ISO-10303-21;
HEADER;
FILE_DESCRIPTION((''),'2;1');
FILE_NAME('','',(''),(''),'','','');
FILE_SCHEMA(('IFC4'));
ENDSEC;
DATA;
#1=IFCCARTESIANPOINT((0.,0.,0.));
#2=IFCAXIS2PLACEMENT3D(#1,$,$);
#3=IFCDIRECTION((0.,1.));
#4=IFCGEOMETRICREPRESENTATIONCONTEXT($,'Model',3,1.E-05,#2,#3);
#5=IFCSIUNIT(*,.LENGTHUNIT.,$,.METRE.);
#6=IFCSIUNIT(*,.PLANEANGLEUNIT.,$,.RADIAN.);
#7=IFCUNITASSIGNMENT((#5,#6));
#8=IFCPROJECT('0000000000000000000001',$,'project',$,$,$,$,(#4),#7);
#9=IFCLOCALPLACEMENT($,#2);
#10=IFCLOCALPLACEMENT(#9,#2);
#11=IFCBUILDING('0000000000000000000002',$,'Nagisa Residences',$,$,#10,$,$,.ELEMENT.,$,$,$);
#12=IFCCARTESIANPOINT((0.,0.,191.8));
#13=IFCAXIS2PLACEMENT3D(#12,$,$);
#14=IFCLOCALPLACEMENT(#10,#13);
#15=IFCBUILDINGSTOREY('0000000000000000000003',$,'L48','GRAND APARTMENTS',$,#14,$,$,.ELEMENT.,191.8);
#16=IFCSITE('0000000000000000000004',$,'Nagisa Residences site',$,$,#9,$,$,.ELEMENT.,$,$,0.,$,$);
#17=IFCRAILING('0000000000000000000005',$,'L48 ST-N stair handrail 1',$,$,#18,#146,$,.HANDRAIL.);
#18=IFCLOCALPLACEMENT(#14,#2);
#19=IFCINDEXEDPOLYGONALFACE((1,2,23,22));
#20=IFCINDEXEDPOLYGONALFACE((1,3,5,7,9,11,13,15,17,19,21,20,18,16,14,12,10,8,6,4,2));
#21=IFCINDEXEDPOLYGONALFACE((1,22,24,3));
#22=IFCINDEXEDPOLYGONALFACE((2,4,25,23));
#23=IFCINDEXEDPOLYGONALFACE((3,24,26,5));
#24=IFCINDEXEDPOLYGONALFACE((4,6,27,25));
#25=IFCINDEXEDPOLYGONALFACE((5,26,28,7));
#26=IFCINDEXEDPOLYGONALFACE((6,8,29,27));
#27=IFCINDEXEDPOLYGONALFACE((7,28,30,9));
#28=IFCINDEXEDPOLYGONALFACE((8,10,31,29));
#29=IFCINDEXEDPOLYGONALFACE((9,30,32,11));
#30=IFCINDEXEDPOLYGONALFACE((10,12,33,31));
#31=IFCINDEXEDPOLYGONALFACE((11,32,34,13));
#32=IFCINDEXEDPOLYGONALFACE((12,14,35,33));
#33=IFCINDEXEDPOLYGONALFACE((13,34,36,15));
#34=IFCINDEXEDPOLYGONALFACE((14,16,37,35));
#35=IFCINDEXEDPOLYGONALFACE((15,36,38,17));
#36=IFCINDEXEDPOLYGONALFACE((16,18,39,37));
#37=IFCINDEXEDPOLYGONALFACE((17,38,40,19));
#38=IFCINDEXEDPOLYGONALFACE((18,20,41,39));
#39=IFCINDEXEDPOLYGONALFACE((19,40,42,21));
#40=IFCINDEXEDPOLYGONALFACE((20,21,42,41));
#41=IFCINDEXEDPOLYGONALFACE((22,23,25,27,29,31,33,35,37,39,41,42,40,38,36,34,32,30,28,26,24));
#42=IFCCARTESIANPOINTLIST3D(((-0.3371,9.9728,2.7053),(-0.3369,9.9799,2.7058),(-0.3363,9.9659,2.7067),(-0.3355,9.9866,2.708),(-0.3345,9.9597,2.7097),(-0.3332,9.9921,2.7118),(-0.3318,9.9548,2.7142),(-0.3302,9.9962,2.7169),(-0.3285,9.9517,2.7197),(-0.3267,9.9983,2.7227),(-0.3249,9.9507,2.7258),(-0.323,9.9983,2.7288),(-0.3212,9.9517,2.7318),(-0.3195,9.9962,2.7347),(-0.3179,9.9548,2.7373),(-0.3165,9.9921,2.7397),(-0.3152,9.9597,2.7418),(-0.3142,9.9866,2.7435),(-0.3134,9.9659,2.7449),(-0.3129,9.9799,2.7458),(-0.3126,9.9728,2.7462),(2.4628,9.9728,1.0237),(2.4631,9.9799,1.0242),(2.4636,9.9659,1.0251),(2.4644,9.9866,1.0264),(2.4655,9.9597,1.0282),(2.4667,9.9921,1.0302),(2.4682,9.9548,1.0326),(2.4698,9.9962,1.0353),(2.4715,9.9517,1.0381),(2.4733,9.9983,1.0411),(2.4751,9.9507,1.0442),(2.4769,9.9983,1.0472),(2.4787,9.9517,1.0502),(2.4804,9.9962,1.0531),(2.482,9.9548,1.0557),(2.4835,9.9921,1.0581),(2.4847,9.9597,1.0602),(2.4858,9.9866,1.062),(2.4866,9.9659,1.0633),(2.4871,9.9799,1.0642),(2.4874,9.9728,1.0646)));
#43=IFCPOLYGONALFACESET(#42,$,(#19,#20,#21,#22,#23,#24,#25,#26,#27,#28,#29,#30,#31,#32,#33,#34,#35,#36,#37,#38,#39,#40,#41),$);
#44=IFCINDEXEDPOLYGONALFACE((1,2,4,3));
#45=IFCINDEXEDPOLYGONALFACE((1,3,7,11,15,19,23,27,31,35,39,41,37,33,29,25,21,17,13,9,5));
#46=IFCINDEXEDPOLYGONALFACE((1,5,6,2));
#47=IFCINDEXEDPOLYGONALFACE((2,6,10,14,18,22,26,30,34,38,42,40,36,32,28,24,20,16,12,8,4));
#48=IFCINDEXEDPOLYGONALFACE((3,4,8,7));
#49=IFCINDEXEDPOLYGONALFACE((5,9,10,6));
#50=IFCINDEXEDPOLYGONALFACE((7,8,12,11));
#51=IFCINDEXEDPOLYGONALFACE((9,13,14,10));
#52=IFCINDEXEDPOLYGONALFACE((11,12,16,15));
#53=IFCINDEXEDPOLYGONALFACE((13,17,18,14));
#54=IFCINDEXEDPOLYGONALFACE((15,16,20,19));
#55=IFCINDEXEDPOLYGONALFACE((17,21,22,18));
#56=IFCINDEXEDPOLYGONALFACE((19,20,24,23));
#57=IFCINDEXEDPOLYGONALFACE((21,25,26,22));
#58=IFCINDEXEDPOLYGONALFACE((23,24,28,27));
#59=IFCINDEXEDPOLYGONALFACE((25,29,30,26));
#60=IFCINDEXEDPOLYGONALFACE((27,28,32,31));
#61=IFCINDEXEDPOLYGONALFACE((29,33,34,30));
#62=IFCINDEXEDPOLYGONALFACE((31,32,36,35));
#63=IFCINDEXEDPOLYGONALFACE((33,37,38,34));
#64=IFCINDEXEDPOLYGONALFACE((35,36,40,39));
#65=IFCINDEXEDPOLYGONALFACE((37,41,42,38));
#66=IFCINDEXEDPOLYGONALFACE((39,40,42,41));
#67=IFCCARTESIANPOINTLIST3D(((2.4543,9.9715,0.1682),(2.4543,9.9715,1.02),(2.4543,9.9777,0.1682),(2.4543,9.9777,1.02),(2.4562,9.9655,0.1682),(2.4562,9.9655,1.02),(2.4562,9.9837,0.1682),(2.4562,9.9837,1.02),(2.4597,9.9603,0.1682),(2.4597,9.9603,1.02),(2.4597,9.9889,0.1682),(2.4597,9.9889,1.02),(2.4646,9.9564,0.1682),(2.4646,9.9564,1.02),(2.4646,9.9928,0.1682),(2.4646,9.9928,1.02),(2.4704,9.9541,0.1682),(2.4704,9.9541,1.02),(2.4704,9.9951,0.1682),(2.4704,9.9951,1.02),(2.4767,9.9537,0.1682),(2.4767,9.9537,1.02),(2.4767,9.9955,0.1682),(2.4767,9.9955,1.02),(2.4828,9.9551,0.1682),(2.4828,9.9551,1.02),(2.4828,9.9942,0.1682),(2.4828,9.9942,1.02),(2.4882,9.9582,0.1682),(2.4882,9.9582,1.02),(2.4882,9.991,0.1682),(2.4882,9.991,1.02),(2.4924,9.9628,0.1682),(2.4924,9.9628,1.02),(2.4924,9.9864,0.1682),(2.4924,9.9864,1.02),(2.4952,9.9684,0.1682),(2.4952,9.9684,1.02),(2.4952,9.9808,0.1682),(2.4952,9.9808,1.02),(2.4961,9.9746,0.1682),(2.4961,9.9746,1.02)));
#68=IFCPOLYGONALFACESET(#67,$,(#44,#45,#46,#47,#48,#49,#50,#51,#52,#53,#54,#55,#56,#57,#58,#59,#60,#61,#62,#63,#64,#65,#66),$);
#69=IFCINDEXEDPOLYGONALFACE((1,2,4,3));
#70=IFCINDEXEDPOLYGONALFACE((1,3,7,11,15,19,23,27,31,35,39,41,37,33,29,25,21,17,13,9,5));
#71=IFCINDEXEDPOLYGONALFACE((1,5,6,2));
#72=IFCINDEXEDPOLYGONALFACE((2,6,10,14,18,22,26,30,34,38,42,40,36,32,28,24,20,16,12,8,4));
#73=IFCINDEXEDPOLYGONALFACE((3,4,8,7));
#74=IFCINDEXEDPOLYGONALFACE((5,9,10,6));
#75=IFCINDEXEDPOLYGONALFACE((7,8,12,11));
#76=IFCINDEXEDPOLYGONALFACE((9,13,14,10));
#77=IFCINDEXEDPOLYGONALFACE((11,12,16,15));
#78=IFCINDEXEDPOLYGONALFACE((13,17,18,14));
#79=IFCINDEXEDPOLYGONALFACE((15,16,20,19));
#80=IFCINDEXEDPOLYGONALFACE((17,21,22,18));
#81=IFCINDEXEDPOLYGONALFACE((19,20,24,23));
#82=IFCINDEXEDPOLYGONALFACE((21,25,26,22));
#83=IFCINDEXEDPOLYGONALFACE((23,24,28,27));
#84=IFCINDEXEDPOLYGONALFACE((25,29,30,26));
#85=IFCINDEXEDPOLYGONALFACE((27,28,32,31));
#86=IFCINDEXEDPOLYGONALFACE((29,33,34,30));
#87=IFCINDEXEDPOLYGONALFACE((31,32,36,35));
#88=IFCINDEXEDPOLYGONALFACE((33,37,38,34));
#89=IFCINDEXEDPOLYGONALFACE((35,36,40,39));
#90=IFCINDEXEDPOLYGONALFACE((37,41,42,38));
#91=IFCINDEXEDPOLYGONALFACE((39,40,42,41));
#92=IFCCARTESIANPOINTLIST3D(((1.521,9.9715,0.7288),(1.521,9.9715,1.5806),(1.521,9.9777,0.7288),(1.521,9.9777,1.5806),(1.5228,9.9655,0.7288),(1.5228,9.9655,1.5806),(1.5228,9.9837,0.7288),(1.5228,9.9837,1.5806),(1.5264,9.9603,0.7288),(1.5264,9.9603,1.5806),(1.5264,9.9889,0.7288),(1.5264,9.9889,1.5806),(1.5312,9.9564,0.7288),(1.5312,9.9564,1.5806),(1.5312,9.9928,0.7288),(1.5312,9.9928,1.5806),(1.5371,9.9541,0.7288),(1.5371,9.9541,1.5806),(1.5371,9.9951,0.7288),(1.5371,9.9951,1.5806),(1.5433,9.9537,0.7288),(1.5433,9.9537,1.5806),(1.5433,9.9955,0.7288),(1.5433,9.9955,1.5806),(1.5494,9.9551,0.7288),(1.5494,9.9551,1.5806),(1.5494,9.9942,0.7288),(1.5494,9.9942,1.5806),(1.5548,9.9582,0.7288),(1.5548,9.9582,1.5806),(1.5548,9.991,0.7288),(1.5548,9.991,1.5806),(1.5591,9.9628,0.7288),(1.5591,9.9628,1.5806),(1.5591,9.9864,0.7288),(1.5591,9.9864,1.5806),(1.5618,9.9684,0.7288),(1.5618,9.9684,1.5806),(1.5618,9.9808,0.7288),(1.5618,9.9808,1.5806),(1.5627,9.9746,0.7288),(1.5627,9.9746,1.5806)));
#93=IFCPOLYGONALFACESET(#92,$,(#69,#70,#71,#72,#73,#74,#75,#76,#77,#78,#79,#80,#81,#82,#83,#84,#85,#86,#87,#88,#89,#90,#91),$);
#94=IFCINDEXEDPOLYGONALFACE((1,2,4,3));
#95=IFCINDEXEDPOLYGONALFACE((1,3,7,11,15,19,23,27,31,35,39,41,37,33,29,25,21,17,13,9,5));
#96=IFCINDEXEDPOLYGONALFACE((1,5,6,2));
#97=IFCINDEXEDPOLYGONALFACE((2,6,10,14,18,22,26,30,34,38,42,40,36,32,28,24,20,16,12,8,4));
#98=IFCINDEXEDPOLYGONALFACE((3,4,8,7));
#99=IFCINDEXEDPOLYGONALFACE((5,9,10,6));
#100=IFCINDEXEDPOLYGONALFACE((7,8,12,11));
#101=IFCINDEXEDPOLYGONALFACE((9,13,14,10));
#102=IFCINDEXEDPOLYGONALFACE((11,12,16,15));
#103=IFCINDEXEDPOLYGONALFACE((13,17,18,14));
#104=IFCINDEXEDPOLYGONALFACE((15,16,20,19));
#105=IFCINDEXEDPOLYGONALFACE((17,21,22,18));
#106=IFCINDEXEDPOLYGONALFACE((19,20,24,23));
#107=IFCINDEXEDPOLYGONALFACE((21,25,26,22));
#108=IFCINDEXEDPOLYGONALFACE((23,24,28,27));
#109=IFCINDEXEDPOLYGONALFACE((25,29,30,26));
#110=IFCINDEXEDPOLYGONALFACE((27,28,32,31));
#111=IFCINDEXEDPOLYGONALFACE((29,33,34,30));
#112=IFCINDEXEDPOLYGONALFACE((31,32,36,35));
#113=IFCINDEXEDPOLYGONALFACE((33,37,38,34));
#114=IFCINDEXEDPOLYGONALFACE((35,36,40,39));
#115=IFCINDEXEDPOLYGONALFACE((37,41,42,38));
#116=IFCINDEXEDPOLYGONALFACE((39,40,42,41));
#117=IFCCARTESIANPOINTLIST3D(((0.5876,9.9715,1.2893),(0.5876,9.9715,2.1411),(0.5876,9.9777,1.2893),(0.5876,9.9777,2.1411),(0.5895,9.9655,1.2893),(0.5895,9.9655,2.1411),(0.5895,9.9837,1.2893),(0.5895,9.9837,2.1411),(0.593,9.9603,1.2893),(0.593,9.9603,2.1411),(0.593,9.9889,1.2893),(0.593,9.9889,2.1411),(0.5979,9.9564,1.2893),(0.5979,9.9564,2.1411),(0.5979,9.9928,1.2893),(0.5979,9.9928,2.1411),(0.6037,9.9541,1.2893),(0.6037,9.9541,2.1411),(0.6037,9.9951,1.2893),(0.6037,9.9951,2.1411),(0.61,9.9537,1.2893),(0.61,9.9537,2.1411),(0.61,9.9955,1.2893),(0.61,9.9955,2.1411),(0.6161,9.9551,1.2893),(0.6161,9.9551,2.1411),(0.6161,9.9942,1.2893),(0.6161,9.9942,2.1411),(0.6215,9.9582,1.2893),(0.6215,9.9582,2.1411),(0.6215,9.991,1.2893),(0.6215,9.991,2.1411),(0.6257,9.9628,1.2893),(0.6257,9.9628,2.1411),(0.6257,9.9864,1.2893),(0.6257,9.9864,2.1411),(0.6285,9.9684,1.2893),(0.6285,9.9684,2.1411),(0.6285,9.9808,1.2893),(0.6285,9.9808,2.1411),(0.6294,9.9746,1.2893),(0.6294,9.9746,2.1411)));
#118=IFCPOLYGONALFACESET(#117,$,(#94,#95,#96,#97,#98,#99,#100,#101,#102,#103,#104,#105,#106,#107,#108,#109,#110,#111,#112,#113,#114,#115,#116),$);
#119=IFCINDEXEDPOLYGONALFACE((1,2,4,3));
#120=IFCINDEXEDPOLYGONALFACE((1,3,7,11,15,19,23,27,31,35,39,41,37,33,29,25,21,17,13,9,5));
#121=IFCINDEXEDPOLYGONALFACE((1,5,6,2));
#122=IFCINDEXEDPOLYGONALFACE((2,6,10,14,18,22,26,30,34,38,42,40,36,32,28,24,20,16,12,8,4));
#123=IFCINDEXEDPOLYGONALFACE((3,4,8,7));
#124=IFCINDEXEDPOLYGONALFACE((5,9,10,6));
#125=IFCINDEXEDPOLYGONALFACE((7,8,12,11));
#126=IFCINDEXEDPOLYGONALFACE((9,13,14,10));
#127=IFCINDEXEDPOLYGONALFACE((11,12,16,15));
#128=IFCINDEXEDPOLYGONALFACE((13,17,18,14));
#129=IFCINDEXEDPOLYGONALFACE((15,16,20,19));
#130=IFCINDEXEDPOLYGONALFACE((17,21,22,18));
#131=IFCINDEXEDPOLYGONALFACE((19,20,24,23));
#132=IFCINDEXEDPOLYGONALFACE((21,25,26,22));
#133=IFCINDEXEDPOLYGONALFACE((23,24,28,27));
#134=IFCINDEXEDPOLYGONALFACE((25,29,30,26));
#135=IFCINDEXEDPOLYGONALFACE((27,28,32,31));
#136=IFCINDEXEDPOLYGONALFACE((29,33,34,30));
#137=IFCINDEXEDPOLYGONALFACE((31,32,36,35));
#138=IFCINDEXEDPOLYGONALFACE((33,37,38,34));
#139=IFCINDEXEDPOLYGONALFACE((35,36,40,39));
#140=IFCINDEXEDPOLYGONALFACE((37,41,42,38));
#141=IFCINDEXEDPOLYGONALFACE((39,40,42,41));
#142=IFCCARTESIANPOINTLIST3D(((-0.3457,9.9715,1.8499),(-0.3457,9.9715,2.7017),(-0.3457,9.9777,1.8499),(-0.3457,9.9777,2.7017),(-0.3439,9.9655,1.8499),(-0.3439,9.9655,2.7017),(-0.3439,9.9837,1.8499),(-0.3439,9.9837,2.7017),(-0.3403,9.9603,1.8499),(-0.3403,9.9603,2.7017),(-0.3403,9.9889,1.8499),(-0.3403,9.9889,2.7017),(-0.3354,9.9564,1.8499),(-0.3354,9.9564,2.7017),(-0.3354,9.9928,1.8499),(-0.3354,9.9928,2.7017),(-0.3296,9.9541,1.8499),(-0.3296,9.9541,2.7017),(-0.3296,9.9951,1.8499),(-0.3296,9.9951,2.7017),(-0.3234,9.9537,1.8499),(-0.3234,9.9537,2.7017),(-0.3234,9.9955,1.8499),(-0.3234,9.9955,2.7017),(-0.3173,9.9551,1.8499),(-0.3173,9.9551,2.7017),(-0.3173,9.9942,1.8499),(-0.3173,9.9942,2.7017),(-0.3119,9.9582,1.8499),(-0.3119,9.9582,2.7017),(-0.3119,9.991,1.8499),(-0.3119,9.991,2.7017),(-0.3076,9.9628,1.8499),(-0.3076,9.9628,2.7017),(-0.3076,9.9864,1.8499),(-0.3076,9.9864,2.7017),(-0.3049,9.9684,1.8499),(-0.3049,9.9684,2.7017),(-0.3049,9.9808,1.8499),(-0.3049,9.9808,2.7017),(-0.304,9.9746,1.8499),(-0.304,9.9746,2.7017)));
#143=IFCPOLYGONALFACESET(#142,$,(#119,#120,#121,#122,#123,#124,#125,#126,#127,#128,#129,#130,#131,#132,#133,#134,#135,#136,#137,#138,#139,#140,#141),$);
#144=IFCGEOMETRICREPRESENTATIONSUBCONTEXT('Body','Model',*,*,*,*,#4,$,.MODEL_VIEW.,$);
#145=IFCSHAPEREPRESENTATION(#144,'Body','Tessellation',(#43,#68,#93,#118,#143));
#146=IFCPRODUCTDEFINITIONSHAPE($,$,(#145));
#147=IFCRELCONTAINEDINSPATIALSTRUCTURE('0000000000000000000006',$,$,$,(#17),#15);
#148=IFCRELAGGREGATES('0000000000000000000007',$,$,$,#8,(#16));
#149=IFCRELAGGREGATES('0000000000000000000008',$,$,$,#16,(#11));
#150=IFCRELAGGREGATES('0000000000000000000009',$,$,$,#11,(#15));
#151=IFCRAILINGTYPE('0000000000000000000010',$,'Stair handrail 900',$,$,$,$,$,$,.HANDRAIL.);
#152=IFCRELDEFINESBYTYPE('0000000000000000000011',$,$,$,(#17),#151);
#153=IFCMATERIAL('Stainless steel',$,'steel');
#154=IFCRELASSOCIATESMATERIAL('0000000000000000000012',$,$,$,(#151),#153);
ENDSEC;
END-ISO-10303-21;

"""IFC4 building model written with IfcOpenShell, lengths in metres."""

from ifc_helpers import new_model, si_unit, direction, frame, origin, origin_2d, place, context, subcontext, project, spatial, circle, extrude, material, type_object, element, save


model = new_model("IFC4")

# Units and contexts
model_context = context("Model", 3, precision=1e-05, world=origin(), true_north=direction((0.0, 1.0)))
body_context = subcontext(model_context, "Body", "Model", "MODEL_VIEW")
ifc_project = project(units=[si_unit("LENGTHUNIT", "METRE"), si_unit("PLANEANGLEUNIT", "RADIAN")], contexts=[model_context])

# Site, building, storey
site_placement = place(None, origin())
site = spatial("IfcSite", under=ifc_project, at=site_placement, Name="Nagisa Residences site", CompositionType="ELEMENT", RefElevation=0.0)
building_placement = place(site_placement, origin())
building = spatial("IfcBuilding", under=site, at=building_placement, Name="Nagisa Residences", CompositionType="ELEMENT")
storey_placement = place(building_placement, frame((0.0, 0.0, 191.8)))
storey = spatial("IfcBuildingStorey", under=building, at=storey_placement, Name="L48", Description="GRAND APARTMENTS", CompositionType="ELEMENT", Elevation=191.8)

# Railing
ifc_material_1 = material(Name="Stainless steel", Category="steel")
railing_type_1 = type_object("IfcRailingType", Name="Stair handrail 900", PredefinedType="HANDRAIL", material=ifc_material_1)
railing_1_placement = place(storey_placement, frame((2.4751, 9.9746, 0.1682)))
element("IfcRailing", 1, at=railing_1_placement, inside=storey, type_object=railing_type_1, Name="L48 ST-N stair handrail 1", PredefinedType="HANDRAIL", context=body_context, shape_type="SweptSolid", body=[
    extrude(circle(Radius=0.0239, at=origin_2d()), frame((0.0, 0.0, 0.876), z_axis=(-0.857275, 0.0, 0.514858), x_axis=(0.0, -1.0, 0.0)), (0.0, 0.0, 1.0), 3.2661),
    extrude(circle(Radius=0.021, at=origin_2d()), origin(), (0.0, 0.0, 1.0), 0.8518),
    extrude(circle(Radius=0.021, at=origin_2d()), frame((-0.9333, 0.0, 0.5605)), (0.0, 0.0, 1.0), 0.8518),
    extrude(circle(Radius=0.021, at=origin_2d()), frame((-1.8667, 0.0, 1.1211)), (0.0, 0.0, 1.0), 0.8518),
    extrude(circle(Radius=0.021, at=origin_2d()), frame((-2.8, 0.0, 1.6816)), (0.0, 0.0, 1.0), 0.8518),
])

save(model, "model.ifc")
